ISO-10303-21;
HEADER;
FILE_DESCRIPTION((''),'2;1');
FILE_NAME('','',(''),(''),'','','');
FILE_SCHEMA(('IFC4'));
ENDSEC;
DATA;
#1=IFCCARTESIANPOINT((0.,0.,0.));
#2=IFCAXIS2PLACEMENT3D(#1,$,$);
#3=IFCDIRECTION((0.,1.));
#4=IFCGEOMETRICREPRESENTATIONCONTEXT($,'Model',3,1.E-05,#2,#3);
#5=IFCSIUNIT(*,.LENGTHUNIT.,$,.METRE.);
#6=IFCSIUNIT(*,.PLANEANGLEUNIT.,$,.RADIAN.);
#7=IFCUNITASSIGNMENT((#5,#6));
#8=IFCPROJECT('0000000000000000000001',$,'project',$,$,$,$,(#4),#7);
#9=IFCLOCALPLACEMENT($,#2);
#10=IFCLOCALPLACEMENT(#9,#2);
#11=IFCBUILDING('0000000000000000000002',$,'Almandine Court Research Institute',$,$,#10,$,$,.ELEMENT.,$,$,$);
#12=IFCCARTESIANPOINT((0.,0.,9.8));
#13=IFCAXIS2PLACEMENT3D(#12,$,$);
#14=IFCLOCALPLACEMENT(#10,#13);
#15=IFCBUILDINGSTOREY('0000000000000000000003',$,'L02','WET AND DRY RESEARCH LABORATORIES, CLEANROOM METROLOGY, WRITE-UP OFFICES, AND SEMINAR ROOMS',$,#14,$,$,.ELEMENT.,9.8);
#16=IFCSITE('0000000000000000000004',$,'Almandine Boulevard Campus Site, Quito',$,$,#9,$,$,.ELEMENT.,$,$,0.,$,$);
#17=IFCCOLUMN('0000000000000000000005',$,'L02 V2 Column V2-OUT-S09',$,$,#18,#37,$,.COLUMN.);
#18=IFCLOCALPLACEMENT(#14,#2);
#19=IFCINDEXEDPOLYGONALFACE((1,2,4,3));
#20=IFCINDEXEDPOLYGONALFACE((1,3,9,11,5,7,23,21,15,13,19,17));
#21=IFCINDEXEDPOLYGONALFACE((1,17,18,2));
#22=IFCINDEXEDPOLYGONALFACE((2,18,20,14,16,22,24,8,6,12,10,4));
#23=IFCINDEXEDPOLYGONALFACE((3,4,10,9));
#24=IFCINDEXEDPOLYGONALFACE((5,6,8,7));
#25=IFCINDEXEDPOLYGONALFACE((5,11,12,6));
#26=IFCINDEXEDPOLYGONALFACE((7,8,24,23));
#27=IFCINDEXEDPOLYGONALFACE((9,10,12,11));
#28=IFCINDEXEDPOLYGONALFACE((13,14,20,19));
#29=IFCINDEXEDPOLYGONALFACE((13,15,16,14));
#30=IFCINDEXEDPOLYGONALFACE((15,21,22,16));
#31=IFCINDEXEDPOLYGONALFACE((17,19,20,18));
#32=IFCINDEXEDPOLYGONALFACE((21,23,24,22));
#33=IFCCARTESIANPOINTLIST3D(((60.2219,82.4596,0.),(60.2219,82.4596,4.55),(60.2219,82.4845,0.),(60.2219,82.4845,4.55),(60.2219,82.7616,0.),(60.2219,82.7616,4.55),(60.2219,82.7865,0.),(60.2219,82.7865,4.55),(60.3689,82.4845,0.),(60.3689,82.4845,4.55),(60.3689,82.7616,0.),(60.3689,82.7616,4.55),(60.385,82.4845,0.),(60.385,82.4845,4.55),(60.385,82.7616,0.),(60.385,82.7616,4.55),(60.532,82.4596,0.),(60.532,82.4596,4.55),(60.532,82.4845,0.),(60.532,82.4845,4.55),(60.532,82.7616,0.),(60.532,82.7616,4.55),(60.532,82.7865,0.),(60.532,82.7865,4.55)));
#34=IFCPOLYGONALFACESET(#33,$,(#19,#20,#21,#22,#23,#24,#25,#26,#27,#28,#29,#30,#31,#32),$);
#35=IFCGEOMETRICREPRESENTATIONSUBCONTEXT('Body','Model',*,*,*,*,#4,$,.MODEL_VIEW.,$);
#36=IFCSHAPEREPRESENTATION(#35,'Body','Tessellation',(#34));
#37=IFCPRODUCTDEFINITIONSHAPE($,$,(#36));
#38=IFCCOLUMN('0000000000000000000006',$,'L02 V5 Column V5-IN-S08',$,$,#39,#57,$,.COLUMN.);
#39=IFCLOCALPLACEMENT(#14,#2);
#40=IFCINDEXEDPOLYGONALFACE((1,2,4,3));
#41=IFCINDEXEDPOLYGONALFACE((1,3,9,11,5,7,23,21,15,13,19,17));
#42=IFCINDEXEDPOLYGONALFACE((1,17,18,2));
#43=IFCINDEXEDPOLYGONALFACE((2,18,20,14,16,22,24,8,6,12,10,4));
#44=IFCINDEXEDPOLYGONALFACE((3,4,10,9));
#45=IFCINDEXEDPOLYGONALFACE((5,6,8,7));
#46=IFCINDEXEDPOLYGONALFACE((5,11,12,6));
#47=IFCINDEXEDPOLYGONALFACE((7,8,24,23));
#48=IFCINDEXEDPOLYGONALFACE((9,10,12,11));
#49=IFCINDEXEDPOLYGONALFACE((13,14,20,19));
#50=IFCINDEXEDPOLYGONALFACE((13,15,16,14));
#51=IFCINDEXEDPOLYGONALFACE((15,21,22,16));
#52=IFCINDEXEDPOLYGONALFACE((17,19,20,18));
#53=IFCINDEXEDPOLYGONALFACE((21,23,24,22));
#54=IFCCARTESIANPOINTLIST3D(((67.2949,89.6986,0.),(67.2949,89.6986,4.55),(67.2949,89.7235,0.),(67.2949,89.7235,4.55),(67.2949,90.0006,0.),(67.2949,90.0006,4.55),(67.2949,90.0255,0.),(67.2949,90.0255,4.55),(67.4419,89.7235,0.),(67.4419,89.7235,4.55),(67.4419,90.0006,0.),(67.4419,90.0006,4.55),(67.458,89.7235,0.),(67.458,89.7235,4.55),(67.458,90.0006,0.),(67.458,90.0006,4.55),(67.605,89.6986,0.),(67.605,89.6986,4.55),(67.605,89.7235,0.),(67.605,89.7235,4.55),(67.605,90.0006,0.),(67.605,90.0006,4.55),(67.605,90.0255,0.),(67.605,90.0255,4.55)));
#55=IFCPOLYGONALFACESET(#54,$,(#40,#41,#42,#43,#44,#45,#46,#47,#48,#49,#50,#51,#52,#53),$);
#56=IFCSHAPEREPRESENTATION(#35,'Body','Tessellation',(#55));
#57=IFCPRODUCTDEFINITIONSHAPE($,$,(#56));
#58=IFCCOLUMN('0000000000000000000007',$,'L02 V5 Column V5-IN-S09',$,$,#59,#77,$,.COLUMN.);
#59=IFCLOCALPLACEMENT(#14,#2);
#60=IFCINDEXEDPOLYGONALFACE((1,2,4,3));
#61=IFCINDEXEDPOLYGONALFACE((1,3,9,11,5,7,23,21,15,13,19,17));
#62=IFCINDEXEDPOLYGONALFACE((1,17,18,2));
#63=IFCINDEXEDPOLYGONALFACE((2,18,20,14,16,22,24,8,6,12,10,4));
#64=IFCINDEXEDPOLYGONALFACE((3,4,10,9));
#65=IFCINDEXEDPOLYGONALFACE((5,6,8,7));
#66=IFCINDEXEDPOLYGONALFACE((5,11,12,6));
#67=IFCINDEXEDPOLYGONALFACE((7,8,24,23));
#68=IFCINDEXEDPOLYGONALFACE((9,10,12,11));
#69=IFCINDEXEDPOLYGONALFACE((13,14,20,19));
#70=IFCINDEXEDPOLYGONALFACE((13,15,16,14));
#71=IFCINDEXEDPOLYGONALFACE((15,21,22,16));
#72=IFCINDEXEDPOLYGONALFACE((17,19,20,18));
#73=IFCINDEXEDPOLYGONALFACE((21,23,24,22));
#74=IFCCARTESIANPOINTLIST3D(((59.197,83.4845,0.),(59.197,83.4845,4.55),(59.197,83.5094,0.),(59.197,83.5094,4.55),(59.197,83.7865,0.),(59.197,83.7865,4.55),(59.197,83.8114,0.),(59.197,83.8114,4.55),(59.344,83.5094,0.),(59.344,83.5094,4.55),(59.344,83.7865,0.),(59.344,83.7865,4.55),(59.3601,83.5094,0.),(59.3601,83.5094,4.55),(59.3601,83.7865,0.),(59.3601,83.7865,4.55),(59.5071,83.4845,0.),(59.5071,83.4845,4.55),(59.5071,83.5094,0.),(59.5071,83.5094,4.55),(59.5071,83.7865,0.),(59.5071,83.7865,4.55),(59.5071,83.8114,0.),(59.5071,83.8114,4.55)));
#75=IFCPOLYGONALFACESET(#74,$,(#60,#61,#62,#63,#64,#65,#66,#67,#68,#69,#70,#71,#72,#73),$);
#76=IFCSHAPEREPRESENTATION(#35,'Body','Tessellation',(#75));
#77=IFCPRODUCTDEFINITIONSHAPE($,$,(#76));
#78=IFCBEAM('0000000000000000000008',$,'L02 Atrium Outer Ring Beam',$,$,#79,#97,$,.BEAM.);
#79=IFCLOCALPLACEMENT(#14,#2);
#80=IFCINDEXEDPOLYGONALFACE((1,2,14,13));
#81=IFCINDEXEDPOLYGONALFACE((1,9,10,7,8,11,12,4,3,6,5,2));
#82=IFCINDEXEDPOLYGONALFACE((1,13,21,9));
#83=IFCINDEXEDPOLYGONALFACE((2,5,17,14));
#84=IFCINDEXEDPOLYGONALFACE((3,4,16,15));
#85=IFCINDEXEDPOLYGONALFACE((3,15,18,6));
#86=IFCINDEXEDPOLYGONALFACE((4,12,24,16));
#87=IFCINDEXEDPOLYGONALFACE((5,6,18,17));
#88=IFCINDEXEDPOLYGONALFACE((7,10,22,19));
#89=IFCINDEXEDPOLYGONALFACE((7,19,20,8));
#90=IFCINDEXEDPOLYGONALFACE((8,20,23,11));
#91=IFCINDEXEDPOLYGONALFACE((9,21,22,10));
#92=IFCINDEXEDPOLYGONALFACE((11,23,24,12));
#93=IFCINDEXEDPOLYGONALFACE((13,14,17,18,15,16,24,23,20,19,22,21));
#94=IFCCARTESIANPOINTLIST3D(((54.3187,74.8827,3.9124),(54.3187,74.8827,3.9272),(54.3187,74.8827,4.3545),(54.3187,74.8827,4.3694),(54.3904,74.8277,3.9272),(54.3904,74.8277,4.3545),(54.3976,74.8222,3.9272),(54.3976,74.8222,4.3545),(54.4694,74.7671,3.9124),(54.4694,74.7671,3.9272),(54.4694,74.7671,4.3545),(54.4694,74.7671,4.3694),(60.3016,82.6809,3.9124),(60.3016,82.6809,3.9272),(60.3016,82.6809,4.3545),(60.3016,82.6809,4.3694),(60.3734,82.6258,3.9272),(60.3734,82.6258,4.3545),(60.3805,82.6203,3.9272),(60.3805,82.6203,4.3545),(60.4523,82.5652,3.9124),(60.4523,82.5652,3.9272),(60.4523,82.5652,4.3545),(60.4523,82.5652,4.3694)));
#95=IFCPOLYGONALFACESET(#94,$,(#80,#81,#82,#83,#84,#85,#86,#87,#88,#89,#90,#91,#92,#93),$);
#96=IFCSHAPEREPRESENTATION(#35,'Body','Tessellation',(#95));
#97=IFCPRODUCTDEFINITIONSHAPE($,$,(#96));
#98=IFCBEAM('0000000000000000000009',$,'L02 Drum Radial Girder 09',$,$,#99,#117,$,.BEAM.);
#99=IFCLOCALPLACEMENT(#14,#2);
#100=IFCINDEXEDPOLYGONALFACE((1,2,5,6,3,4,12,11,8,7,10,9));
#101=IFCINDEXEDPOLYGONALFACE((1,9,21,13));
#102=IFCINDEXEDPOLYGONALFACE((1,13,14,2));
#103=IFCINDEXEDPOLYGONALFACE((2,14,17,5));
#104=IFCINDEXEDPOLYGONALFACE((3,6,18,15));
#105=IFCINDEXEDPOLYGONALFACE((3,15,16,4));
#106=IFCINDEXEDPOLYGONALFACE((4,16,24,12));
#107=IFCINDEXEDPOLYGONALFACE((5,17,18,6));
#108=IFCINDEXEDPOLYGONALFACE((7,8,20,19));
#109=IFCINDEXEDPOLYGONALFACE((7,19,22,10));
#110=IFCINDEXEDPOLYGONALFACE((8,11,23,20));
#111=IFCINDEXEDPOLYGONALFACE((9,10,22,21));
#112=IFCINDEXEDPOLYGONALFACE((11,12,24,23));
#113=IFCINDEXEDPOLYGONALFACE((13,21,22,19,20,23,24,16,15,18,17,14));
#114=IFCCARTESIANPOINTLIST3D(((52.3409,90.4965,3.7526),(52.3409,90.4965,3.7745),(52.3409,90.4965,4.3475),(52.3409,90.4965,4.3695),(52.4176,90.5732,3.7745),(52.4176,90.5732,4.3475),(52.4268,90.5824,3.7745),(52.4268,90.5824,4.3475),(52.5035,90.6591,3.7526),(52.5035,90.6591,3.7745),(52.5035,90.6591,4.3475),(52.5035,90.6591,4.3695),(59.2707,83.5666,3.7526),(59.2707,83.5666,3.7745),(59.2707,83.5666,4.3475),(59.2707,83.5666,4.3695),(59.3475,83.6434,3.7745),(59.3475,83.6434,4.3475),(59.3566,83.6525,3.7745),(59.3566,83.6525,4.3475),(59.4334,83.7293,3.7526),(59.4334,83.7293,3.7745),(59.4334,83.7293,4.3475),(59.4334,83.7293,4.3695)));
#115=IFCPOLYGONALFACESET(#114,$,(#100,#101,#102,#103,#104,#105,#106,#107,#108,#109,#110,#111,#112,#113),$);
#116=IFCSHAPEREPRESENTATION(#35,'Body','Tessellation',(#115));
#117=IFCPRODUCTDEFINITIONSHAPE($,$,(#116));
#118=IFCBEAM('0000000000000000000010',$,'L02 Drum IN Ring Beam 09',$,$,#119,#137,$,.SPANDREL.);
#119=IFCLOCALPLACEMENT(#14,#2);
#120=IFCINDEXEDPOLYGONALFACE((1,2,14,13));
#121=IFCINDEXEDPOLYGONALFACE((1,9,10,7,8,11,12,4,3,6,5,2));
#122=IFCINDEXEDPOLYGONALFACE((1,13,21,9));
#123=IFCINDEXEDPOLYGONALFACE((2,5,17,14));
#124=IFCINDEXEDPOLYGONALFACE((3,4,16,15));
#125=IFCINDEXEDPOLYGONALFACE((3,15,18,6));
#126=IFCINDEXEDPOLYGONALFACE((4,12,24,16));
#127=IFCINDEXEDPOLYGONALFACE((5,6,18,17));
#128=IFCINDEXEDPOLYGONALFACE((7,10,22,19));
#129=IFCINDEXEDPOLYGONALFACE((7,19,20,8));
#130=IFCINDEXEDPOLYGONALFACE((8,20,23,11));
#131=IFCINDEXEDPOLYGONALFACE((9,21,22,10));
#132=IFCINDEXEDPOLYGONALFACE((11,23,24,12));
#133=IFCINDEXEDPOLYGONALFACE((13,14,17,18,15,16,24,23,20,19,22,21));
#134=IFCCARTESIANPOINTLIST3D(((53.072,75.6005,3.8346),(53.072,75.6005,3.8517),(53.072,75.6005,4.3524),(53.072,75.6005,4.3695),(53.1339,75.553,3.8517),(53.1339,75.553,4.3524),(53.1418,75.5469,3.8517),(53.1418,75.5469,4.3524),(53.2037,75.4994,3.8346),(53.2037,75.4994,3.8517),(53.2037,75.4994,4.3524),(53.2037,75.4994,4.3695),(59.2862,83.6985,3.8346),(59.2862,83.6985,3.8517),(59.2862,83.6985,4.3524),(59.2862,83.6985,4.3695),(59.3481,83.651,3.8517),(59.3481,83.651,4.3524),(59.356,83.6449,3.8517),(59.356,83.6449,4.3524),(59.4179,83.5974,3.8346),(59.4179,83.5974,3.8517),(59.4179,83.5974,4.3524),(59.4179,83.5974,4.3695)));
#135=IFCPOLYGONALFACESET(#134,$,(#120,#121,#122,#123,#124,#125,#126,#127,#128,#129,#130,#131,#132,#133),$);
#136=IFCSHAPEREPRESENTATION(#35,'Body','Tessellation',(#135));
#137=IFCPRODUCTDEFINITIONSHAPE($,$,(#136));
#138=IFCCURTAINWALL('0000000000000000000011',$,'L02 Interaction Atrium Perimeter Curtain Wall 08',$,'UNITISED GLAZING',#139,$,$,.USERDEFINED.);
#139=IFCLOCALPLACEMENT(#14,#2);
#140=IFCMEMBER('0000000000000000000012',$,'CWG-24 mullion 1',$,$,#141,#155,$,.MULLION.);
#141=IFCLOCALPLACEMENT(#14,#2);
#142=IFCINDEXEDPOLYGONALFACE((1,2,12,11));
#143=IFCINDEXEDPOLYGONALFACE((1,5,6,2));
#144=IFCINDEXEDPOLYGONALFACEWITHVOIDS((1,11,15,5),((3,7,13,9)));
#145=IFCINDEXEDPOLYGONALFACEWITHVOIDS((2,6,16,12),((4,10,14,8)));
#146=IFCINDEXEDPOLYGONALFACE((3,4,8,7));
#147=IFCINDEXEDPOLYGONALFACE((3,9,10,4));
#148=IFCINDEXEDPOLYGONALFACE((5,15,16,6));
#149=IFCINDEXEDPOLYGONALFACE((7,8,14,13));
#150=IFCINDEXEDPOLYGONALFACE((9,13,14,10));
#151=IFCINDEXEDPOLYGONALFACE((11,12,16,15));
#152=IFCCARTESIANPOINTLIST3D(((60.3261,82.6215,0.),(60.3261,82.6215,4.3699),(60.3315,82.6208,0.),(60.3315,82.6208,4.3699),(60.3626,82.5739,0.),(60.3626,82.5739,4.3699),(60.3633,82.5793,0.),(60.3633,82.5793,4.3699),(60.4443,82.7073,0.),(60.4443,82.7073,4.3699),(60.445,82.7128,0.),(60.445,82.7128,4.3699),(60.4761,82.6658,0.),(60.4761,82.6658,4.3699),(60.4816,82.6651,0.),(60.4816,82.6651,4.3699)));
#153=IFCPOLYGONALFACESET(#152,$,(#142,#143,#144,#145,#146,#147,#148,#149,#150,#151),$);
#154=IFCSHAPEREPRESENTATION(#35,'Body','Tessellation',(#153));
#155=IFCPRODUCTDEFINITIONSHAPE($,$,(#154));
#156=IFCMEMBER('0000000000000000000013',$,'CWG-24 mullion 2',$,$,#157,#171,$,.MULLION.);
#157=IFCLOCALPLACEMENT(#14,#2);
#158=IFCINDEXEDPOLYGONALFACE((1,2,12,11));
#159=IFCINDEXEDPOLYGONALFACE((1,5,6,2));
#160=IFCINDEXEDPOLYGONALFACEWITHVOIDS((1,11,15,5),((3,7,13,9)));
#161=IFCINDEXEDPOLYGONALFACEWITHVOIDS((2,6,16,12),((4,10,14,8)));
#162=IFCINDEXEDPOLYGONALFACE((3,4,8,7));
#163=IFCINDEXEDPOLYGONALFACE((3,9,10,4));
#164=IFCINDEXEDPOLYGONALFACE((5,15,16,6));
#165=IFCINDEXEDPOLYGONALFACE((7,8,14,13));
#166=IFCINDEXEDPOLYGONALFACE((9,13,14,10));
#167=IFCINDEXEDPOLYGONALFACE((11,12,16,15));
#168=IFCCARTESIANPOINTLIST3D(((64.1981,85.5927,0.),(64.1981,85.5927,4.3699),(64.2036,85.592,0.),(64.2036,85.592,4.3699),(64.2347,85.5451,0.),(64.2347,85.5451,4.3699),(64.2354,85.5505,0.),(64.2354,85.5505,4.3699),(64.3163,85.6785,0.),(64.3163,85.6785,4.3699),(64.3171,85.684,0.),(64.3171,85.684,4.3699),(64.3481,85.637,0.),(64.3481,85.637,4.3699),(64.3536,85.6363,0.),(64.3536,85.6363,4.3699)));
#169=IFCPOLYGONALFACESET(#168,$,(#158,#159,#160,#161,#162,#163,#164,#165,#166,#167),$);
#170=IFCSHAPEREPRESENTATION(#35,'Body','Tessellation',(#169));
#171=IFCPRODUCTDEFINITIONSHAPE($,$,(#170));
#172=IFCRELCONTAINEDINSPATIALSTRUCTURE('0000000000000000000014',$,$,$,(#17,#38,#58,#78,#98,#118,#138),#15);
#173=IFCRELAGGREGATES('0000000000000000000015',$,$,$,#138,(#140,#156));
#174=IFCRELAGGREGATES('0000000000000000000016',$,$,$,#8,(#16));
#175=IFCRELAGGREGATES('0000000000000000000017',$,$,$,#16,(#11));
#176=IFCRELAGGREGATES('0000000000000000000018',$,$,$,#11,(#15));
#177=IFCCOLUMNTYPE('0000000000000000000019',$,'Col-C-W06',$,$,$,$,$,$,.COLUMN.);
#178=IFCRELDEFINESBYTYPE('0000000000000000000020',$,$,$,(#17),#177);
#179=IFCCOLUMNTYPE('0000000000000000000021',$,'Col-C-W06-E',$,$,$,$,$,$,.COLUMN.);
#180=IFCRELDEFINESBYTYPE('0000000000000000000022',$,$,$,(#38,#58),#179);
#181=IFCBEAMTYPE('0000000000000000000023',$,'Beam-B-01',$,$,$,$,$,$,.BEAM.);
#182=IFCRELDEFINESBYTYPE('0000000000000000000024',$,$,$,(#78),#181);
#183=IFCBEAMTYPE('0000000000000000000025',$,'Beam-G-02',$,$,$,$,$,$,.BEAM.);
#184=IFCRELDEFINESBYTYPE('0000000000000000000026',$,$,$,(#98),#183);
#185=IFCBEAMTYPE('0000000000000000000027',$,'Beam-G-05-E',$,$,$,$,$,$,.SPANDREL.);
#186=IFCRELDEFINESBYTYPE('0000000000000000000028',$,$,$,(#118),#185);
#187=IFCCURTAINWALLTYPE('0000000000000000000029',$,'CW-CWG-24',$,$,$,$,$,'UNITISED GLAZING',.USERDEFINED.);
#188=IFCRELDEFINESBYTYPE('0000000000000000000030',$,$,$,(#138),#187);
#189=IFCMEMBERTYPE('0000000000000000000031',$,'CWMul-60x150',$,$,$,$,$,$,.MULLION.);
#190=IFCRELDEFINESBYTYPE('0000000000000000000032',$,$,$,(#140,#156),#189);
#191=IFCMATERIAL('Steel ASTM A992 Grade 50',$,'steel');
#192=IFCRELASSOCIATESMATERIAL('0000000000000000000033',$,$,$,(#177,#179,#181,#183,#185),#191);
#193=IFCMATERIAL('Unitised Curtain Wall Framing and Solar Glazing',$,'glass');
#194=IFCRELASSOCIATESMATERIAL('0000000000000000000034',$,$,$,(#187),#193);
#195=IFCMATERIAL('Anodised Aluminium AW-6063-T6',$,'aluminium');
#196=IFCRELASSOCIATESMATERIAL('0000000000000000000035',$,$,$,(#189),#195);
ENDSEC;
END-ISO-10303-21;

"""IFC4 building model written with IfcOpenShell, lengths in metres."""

from ifc_helpers import new_model, si_unit, direction, frame, origin, origin_2d, place, context, subcontext, project, spatial, hollow_rectangle, i_section, extrude, material, material_profile, profile_set, type_object, element, aggregate, save


model = new_model("IFC4")

# Units and contexts
model_context = context("Model", 3, precision=1e-05, world=origin(), true_north=direction((0.0, 1.0)))
body_context = subcontext(model_context, "Body", "Model", "MODEL_VIEW")
ifc_project = project(units=[si_unit("LENGTHUNIT", "METRE"), si_unit("PLANEANGLEUNIT", "RADIAN")], contexts=[model_context])

# Site, building, storey
site_placement = place(None, origin())
site = spatial("IfcSite", under=ifc_project, at=site_placement, Name="Almandine Boulevard Campus Site, Quito", CompositionType="ELEMENT", RefElevation=0.0)
building_placement = place(site_placement, origin())
building = spatial("IfcBuilding", under=site, at=building_placement, Name="Almandine Court Research Institute", CompositionType="ELEMENT")
storey_placement = place(building_placement, frame((0.0, 0.0, 9.8)))
storey = spatial("IfcBuildingStorey", under=building, at=storey_placement, Name="L02", Description="WET AND DRY RESEARCH LABORATORIES, CLEANROOM METROLOGY, WRITE-UP OFFICES, AND SEMINAR ROOMS", CompositionType="ELEMENT", Elevation=9.8)

# Columns
ifc_material_1 = material(Name="Steel ASTM A992 Grade 50", Category="steel")
ifc_material_profile_1 = material_profile(ifc_material_1, i_section(OverallWidth=0.3101, OverallDepth=0.3269, WebThickness=0.0161, FlangeThickness=0.0249, at=origin_2d()), Name="W310x158")
ifc_profile_set_1 = profile_set([ifc_material_profile_1], Name="Steel ASTM A992 Grade 50")
column_type_1 = type_object("IfcColumnType", Name="Col-C-W06", PredefinedType="COLUMN", material=ifc_profile_set_1)
column_placement = place(storey_placement, frame((60.377, 82.623, 0.0), z_axis=(0.0, 0.0, 1.0), x_axis=(1.0, 0.0, 0.0)))
element("IfcColumn", 1, at=column_placement, inside=storey, type_object=column_type_1, Name="L02 V2 Column V2-OUT-S09", PredefinedType="COLUMN", context=body_context, shape_type="SweptSolid", body=[
    extrude(i_section(OverallWidth=0.3101, OverallDepth=0.3269, WebThickness=0.0161, FlangeThickness=0.0249, at=origin_2d()), origin(), (0.0, 0.0, 1.0), 4.55),
])
ifc_material_profile_2 = material_profile(ifc_material_1, i_section(OverallWidth=0.3101, OverallDepth=0.3269, WebThickness=0.0161, FlangeThickness=0.0249, at=origin_2d()), Name="W310x158")
ifc_profile_set_2 = profile_set([ifc_material_profile_2], Name="Steel ASTM A992 Grade 50")
column_type_2 = type_object("IfcColumnType", Name="Col-C-W06-E", PredefinedType="COLUMN", material=ifc_profile_set_2)
for number, where, z_axis, x_axis, name in (
    (2, (67.45, 89.8621, 0.0), (0.0, 0.0, 1.0), (1.0, 0.0, 0.0), "L02 V5 Column V5-IN-S08"),
    (3, (59.3521, 83.6479, 0.0), (0.0, 0.0, 1.0), (1.0, 0.0, 0.0), "L02 V5 Column V5-IN-S09"),
):
    element("IfcColumn", number, at=place(storey_placement, frame(where, z_axis=z_axis, x_axis=x_axis)), inside=storey, type_object=column_type_2, Name=name, PredefinedType="COLUMN", context=body_context, shape_type="SweptSolid", body=[
        extrude(i_section(OverallWidth=0.3101, OverallDepth=0.3269, WebThickness=0.0161, FlangeThickness=0.0249, at=origin_2d()), origin(), (0.0, 0.0, 1.0), 4.55),
    ])

# Beams
ifc_material_profile_3 = material_profile(ifc_material_1, i_section(OverallWidth=0.1899, OverallDepth=0.457, WebThickness=0.009, FlangeThickness=0.0149, at=origin_2d()), Name="W460x74")
ifc_profile_set_3 = profile_set([ifc_material_profile_3], Name="Steel ASTM A992 Grade 50")
beam_type_1 = type_object("IfcBeamType", Name="Beam-B-01", PredefinedType="BEAM", material=ifc_profile_set_3)
beam_1_placement = place(storey_placement, frame((60.377, 82.623, 4.1409), z_axis=(-0.608712, -0.793392, 0.0), x_axis=(0.793392, -0.608712, 0.0)))
element("IfcBeam", 4, at=beam_1_placement, inside=storey, type_object=beam_type_1, Name="L02 Atrium Outer Ring Beam", PredefinedType="BEAM", context=body_context, shape_type="SweptSolid", body=[
    extrude(i_section(OverallWidth=0.1899, OverallDepth=0.457, WebThickness=0.009, FlangeThickness=0.0149, at=origin_2d()), origin(), (0.0, 0.0, 1.0), 9.8289),
])
ifc_material_profile_4 = material_profile(ifc_material_1, i_section(OverallWidth=0.23, OverallDepth=0.6169, WebThickness=0.0129, FlangeThickness=0.022, at=origin_2d()), Name="W610x140")
ifc_profile_set_4 = profile_set([ifc_material_profile_4], Name="Steel ASTM A992 Grade 50")
beam_type_2 = type_object("IfcBeamType", Name="Beam-G-02", PredefinedType="BEAM", material=ifc_profile_set_4)
beam_2_placement = place(storey_placement, frame((59.3521, 83.6479, 4.061), z_axis=(-0.707107, 0.707107, 0.0), x_axis=(-0.707107, -0.707107, 0.0)))
element("IfcBeam", 5, at=beam_2_placement, inside=storey, type_object=beam_type_2, Name="L02 Drum Radial Girder 09", PredefinedType="BEAM", context=body_context, shape_type="SweptSolid", body=[
    extrude(i_section(OverallWidth=0.23, OverallDepth=0.6169, WebThickness=0.0129, FlangeThickness=0.022, at=origin_2d()), origin(), (0.0, 0.0, 1.0), 9.8003),
])
ifc_material_profile_5 = material_profile(ifc_material_1, i_section(OverallWidth=0.166, OverallDepth=0.5349, WebThickness=0.01, FlangeThickness=0.0171, at=origin_2d()), Name="W530x85")
ifc_profile_set_5 = profile_set([ifc_material_profile_5], Name="Steel ASTM A992 Grade 50")
beam_type_3 = type_object("IfcBeamType", Name="Beam-G-05-E", PredefinedType="SPANDREL", material=ifc_profile_set_5)
beam_3_placement = place(storey_placement, frame((59.3521, 83.6479, 4.1021), z_axis=(-0.608784, -0.793336, 0.0), x_axis=(0.793336, -0.608784, 0.0)))
element("IfcBeam", 6, at=beam_3_placement, inside=storey, type_object=beam_type_3, Name="L02 Drum IN Ring Beam 09", PredefinedType="SPANDREL", context=body_context, shape_type="SweptSolid", body=[
    extrude(i_section(OverallWidth=0.166, OverallDepth=0.5349, WebThickness=0.01, FlangeThickness=0.0171, at=origin_2d()), origin(), (0.0, 0.0, 1.0), 10.2075),
])

# Curtain wall, members
ifc_material_2 = material(Name="Unitised Curtain Wall Framing and Solar Glazing", Category="glass")
curtain_wall_type = type_object("IfcCurtainWallType", Name="CW-CWG-24", ElementType="UNITISED GLAZING", PredefinedType="USERDEFINED", material=ifc_material_2)
curtain_wall_placement = place(storey_placement, origin())
curtain_wall = element("IfcCurtainWall", 7, at=curtain_wall_placement, inside=storey, type_object=curtain_wall_type, Name="L02 Interaction Atrium Perimeter Curtain Wall 08", ObjectType="UNITISED GLAZING", PredefinedType="USERDEFINED")
ifc_material_3 = material(Name="Anodised Aluminium AW-6063-T6", Category="aluminium")
ifc_material_profile_6 = material_profile(ifc_material_3, hollow_rectangle(XDim=0.0601, YDim=0.1499, WallThickness=0.0039, at=origin_2d()), Name="ALU RHS 60x150x4")
ifc_profile_set_6 = profile_set([ifc_material_profile_6], Name="Anodised Aluminium AW-6063-T6")
member_type_1 = type_object("IfcMemberType", Name="CWMul-60x150", PredefinedType="MULLION", material=ifc_profile_set_6)
member_1_placement = place(storey_placement, frame((60.4038, 82.6433, 0.0), z_axis=(0.0, 0.0, 1.0), x_axis=(-0.608761, 0.793354, 0.0)))
member_1 = element("IfcMember", 8, at=member_1_placement, type_object=member_type_1, Name="CWG-24 mullion 1", PredefinedType="MULLION", context=body_context, shape_type="SweptSolid", body=[
    extrude(hollow_rectangle(XDim=0.0601, YDim=0.1499, WallThickness=0.0039, at=origin_2d()), origin(), (0.0, 0.0, 1.0), 4.3699),
])
member_2_placement = place(storey_placement, frame((64.2759, 85.6145, 0.0), z_axis=(0.0, 0.0, 1.0), x_axis=(-0.608761, 0.793354, 0.0)))
member_2 = element("IfcMember", 9, at=member_2_placement, type_object=member_type_1, Name="CWG-24 mullion 2", PredefinedType="MULLION", context=body_context, shape_type="SweptSolid", body=[
    extrude(hollow_rectangle(XDim=0.0601, YDim=0.1499, WallThickness=0.0039, at=origin_2d()), origin(), (0.0, 0.0, 1.0), 4.3699),
])
aggregate(curtain_wall, [member_1, member_2])

save(model, "model.ifc")
